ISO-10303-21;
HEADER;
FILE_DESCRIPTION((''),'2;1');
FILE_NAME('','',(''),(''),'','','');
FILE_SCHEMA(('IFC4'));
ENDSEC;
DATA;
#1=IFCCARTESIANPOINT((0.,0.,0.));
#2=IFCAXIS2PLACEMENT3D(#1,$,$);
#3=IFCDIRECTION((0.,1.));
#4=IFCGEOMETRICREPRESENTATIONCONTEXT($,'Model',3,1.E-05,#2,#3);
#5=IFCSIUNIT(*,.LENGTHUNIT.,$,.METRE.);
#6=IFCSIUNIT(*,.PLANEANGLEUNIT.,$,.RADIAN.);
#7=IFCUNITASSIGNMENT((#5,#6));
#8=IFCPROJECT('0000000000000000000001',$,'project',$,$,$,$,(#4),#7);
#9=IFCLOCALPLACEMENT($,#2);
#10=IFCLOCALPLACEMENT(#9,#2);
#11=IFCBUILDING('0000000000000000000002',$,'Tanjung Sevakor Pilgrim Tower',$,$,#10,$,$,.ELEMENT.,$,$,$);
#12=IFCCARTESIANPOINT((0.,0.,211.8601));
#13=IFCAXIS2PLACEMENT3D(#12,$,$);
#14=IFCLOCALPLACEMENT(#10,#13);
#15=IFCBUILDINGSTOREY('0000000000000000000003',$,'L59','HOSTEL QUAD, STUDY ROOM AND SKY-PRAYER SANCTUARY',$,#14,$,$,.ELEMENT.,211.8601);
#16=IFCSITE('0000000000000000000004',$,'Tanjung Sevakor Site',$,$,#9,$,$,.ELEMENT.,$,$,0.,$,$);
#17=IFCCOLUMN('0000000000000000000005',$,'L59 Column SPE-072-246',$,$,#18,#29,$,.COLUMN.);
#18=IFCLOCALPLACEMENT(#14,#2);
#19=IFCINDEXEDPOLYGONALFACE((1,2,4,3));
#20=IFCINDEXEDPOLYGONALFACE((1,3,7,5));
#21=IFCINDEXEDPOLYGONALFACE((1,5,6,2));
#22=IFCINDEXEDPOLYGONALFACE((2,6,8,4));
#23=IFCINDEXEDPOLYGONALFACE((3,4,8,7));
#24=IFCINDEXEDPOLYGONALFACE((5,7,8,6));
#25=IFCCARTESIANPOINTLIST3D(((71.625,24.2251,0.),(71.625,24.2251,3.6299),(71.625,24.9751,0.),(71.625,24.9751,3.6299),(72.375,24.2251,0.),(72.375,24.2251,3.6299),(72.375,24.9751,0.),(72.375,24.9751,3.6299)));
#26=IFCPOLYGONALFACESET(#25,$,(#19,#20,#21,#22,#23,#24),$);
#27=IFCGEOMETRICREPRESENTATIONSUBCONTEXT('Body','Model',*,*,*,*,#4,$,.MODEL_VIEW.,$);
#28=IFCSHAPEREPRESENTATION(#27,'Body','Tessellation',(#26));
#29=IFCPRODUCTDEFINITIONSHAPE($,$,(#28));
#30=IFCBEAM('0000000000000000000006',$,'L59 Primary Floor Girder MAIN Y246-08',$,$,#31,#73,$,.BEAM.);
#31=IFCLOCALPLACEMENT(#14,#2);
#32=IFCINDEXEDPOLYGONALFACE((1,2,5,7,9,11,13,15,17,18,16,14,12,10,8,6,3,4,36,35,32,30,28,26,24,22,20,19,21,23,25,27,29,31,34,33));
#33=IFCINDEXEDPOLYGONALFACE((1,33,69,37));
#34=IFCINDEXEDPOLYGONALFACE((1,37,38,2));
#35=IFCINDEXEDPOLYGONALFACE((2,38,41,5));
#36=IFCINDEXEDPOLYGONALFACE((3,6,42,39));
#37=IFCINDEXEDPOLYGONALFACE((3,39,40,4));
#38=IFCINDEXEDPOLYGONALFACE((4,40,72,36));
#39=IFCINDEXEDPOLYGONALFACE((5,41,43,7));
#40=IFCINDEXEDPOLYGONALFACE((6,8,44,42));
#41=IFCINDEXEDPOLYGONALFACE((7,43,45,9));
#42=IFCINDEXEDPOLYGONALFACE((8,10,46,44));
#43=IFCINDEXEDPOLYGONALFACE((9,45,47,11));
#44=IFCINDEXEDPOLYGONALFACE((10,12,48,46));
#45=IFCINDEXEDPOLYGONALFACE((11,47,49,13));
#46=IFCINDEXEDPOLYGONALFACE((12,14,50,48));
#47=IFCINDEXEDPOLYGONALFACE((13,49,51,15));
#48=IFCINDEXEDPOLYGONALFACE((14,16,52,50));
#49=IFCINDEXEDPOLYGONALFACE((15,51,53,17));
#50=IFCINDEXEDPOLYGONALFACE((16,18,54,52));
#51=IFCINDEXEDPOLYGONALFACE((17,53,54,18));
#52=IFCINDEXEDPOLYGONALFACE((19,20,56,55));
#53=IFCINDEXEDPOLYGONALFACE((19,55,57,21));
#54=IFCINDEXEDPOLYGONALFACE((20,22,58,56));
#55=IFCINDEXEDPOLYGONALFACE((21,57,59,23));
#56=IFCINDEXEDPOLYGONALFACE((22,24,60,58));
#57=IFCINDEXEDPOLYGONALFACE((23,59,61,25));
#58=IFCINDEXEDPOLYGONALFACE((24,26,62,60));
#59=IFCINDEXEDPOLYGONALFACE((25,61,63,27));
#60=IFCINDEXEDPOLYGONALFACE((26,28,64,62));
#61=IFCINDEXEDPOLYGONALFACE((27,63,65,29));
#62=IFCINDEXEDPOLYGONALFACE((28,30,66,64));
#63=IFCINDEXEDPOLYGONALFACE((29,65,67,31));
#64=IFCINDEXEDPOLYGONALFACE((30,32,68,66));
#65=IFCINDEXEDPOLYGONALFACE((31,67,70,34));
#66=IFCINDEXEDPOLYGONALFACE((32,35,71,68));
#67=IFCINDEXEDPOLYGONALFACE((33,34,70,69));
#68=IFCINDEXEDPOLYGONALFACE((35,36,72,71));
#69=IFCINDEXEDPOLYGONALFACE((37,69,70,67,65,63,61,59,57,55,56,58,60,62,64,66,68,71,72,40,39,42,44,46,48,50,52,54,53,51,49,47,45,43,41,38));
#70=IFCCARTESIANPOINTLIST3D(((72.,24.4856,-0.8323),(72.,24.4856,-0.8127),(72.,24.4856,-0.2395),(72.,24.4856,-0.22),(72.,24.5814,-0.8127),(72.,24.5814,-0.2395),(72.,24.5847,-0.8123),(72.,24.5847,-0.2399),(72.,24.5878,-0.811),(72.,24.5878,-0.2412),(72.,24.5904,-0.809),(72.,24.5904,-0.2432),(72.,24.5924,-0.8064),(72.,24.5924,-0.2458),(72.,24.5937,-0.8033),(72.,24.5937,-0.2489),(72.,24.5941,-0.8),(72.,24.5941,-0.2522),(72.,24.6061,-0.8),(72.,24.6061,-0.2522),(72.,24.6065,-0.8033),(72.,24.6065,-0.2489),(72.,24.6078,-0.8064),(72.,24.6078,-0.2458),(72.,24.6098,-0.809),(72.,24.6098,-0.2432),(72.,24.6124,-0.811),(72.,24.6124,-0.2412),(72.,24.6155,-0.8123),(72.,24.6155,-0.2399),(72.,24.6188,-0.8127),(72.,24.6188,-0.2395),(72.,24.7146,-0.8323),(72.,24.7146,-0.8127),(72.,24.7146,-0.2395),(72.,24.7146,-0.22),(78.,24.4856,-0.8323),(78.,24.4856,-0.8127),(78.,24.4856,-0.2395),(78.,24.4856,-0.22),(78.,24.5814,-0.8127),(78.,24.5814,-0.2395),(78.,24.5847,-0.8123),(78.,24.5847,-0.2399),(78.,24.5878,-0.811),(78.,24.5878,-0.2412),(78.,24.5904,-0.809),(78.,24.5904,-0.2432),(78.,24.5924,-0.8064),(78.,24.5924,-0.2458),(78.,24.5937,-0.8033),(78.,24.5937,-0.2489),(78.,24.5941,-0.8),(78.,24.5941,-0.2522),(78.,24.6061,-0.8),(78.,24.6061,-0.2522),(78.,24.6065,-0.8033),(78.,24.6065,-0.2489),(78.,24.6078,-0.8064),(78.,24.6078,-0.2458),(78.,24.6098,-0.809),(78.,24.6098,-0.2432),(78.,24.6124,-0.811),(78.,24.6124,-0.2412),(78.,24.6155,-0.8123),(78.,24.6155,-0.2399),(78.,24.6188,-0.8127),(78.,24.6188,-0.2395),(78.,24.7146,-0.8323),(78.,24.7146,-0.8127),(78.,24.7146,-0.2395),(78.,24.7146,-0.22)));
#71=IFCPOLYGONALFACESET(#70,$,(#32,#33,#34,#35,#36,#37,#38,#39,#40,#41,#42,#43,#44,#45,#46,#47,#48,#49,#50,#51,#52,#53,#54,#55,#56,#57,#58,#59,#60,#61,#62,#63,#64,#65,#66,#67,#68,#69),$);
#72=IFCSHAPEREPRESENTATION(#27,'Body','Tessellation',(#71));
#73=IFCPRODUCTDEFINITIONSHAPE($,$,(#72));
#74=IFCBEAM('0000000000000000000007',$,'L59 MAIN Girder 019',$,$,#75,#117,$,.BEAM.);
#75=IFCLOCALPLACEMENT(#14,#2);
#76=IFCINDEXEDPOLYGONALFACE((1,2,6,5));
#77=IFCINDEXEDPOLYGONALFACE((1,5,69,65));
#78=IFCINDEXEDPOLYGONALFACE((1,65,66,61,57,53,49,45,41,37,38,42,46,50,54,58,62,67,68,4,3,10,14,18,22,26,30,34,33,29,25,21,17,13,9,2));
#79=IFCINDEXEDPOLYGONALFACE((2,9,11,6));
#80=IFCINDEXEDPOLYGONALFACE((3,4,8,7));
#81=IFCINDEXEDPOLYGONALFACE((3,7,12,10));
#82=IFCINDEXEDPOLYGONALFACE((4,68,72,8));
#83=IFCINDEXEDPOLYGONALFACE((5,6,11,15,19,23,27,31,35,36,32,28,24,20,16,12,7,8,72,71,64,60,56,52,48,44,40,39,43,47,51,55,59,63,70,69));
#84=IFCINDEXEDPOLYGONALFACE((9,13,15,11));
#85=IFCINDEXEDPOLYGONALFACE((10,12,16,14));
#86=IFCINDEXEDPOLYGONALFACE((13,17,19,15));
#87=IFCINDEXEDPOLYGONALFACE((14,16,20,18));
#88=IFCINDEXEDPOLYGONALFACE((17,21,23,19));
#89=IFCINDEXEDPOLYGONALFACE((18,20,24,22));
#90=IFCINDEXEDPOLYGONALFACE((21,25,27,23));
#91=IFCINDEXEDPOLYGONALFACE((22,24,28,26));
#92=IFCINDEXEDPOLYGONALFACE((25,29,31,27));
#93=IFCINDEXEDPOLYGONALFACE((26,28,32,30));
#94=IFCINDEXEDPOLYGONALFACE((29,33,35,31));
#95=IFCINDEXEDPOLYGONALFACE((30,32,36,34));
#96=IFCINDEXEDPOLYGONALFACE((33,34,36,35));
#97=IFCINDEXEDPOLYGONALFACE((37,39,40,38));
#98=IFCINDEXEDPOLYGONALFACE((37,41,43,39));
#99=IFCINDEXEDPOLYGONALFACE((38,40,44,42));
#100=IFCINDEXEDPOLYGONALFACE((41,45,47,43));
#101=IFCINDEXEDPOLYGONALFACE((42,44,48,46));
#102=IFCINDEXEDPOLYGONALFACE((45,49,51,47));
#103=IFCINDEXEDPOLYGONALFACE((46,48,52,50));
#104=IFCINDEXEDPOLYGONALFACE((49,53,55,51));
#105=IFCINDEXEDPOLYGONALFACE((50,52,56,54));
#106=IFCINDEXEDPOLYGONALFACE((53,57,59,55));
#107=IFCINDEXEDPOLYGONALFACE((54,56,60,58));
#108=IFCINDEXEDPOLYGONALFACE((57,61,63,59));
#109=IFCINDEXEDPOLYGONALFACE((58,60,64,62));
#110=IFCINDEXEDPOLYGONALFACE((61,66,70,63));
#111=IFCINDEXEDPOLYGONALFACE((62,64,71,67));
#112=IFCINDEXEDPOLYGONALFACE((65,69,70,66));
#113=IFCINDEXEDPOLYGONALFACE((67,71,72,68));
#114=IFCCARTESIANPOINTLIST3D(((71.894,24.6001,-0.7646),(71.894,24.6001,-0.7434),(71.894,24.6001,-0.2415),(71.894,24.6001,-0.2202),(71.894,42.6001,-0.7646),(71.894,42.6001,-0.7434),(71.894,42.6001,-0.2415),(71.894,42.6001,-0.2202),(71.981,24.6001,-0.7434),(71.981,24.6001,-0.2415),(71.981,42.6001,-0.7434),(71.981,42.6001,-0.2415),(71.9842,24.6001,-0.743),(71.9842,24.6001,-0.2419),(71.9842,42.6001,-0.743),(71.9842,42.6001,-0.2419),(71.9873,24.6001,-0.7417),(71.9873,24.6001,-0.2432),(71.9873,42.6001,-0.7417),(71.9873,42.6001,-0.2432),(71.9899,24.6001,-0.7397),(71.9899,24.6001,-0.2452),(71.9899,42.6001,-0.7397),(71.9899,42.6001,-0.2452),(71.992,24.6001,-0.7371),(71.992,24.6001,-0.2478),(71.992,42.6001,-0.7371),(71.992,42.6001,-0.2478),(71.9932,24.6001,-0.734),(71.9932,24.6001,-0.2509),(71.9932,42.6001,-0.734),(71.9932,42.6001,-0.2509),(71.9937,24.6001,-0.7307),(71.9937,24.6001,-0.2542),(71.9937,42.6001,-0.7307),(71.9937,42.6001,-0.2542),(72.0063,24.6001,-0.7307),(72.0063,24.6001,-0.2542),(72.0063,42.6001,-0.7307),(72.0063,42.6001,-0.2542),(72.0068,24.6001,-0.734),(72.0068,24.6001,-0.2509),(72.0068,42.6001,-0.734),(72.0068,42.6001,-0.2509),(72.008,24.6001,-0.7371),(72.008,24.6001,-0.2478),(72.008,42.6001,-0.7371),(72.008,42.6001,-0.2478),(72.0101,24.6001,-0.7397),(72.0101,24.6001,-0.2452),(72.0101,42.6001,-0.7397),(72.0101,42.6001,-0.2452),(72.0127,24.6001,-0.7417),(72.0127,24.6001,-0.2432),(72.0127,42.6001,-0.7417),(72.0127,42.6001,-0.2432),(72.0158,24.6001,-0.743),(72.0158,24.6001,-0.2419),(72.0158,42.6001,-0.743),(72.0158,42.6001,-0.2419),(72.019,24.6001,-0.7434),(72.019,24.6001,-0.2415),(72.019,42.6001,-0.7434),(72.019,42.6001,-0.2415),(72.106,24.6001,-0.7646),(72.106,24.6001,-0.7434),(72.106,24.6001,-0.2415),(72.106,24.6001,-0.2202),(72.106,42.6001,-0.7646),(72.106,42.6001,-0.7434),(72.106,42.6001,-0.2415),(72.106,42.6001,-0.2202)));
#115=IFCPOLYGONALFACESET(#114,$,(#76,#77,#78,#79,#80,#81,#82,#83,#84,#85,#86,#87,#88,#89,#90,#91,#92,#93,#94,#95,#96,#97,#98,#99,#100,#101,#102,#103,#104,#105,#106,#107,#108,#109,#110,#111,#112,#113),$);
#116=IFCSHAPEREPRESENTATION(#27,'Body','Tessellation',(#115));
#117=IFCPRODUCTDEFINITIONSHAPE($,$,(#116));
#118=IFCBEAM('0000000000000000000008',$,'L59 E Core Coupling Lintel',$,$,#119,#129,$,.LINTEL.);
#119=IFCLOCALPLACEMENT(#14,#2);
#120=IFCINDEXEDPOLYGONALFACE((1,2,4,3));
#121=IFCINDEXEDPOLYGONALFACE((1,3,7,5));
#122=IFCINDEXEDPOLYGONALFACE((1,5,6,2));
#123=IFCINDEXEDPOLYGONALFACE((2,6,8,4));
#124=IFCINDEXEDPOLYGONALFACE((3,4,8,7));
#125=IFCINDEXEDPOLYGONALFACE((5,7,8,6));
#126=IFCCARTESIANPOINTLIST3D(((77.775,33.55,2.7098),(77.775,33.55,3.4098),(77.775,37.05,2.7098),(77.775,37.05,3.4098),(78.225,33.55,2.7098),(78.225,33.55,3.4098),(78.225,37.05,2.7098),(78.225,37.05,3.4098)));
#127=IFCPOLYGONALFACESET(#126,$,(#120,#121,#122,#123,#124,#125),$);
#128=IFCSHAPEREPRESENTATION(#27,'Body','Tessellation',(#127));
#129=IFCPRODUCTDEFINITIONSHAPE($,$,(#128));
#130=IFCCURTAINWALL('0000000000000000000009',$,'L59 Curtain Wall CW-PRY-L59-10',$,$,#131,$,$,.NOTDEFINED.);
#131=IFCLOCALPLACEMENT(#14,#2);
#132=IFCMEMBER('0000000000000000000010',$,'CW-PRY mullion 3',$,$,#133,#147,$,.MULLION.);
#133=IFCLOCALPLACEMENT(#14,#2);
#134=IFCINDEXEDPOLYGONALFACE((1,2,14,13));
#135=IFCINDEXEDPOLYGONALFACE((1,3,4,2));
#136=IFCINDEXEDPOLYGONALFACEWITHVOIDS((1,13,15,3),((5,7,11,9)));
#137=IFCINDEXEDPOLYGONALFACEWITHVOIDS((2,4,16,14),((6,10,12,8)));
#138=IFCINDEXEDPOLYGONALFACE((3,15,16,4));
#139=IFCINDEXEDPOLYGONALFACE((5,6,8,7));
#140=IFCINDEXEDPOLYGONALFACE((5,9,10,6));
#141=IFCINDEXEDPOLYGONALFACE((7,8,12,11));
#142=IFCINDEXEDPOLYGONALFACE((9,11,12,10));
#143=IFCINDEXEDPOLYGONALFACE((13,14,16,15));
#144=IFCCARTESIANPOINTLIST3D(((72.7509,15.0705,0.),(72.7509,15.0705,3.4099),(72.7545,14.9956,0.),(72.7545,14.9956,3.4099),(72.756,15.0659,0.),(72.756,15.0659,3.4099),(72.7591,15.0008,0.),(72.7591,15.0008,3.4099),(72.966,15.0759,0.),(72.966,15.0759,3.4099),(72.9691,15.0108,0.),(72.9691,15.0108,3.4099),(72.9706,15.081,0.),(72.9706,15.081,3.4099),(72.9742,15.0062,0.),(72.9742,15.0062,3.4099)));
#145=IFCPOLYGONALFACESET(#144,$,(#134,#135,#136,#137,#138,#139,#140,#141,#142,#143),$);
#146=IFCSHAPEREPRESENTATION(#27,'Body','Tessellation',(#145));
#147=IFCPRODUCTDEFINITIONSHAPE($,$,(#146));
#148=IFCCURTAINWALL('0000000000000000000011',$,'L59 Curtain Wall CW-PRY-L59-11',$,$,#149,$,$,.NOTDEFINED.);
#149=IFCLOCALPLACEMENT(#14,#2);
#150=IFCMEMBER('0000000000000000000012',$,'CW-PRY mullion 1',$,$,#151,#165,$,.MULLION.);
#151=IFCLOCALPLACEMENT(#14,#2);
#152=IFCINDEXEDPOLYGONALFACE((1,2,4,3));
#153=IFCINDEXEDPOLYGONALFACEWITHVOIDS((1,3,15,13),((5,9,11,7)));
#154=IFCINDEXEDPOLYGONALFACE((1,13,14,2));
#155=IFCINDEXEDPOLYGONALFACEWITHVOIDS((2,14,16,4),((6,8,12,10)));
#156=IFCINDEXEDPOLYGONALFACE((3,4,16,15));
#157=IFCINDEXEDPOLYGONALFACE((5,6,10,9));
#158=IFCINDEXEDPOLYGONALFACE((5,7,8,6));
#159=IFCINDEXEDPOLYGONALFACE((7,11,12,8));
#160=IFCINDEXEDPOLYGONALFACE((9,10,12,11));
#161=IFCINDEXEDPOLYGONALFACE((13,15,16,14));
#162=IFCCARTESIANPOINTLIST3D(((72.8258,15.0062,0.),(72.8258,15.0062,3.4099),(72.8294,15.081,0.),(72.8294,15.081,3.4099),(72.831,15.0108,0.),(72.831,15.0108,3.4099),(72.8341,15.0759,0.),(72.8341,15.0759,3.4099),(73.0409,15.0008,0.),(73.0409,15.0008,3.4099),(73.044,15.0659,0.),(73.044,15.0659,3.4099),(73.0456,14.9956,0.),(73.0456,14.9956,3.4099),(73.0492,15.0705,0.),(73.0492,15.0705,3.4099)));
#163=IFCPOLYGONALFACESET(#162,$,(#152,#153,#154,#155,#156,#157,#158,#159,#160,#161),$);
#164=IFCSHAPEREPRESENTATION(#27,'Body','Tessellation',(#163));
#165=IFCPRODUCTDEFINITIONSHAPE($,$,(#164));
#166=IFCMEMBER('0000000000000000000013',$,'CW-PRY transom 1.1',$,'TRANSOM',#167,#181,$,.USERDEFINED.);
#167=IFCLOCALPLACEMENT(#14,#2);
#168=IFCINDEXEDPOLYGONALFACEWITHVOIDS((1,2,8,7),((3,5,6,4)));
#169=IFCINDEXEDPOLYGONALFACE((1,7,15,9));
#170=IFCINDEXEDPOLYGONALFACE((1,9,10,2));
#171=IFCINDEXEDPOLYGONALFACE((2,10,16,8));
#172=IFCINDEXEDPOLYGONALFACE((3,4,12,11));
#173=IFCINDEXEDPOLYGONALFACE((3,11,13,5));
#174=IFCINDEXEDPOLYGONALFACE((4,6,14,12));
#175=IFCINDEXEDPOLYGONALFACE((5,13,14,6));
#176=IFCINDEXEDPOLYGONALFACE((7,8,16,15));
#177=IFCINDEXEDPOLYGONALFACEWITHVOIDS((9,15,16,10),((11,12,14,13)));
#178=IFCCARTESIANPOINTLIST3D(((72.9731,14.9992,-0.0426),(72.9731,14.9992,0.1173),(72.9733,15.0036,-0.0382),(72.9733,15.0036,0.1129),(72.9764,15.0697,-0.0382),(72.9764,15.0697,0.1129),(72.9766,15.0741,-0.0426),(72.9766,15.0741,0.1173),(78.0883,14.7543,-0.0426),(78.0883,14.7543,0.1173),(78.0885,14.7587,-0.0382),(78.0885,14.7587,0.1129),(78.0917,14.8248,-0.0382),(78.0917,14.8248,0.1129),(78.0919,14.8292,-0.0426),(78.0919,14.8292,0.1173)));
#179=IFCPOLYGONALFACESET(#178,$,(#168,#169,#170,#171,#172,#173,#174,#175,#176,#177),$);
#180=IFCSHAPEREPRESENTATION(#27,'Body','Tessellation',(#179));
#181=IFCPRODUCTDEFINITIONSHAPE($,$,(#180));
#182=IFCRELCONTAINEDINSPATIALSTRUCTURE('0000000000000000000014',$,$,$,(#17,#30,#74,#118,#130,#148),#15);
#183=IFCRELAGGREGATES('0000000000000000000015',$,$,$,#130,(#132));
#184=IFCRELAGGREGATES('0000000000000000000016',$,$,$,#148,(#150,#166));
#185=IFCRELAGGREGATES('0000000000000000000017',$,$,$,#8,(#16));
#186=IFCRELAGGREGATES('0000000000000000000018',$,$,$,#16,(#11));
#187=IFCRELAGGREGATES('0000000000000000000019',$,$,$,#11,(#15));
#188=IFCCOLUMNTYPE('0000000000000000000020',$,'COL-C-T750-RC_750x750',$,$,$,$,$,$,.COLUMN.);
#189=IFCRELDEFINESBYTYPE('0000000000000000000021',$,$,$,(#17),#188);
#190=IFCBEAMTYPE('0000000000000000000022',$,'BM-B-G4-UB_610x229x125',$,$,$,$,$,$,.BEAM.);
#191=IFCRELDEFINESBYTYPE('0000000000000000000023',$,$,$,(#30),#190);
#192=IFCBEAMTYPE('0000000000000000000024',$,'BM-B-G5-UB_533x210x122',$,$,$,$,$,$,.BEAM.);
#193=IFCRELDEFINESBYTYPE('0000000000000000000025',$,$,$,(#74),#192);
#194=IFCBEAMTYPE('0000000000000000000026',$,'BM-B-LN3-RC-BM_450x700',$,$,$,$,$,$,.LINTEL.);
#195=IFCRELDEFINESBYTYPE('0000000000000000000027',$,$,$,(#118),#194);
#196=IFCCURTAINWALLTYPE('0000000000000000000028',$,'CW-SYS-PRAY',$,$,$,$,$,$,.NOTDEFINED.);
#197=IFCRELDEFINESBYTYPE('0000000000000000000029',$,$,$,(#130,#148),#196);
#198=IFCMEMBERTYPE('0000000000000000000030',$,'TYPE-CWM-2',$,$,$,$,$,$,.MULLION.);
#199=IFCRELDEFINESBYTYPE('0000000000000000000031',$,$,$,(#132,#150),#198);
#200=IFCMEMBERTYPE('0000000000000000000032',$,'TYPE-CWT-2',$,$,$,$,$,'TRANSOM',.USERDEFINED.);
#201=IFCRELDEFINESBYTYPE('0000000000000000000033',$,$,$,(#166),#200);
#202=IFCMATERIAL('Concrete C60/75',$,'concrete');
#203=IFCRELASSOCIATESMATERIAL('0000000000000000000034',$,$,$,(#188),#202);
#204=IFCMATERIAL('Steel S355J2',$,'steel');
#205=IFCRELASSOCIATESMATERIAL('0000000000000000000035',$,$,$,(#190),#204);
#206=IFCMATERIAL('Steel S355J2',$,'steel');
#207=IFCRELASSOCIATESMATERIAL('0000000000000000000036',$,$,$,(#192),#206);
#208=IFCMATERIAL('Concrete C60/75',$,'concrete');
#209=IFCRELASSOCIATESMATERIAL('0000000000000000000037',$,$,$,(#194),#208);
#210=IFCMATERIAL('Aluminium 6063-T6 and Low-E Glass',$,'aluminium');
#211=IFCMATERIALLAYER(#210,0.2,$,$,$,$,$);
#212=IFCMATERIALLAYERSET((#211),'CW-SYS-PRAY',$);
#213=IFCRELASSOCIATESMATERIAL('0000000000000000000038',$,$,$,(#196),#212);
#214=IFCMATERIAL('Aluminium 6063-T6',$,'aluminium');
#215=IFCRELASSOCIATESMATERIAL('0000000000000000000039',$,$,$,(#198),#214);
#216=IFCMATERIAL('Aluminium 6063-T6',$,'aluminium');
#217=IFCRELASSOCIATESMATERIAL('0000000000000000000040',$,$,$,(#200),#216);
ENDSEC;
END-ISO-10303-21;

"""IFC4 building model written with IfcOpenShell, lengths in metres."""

from ifc_helpers import new_model, si_unit, direction, frame, origin, origin_2d, place, context, subcontext, project, spatial, rectangle, hollow_rectangle, i_section, extrude, material, layer, layer_set, material_profile, profile_set, type_object, element, aggregate, save


model = new_model("IFC4")

# Units and contexts
model_context = context("Model", 3, precision=1e-05, world=origin(), true_north=direction((0.0, 1.0)))
body_context = subcontext(model_context, "Body", "Model", "MODEL_VIEW")
ifc_project = project(units=[si_unit("LENGTHUNIT", "METRE"), si_unit("PLANEANGLEUNIT", "RADIAN")], contexts=[model_context])

# Site, building, storey
site_placement = place(None, origin())
site = spatial("IfcSite", under=ifc_project, at=site_placement, Name="Tanjung Sevakor Site", CompositionType="ELEMENT", RefElevation=0.0)
building_placement = place(site_placement, origin())
building = spatial("IfcBuilding", under=site, at=building_placement, Name="Tanjung Sevakor Pilgrim Tower", CompositionType="ELEMENT")
storey_placement = place(building_placement, frame((0.0, 0.0, 211.8601)))
storey = spatial("IfcBuildingStorey", under=building, at=storey_placement, Name="L59", Description="HOSTEL QUAD, STUDY ROOM AND SKY-PRAYER SANCTUARY", CompositionType="ELEMENT", Elevation=211.8601)

# Column
ifc_material_1 = material(Name="Concrete C60/75", Category="concrete")
ifc_material_profile_1 = material_profile(ifc_material_1, rectangle(XDim=0.75, YDim=0.75, at=origin_2d()))
ifc_profile_set_1 = profile_set([ifc_material_profile_1], Name="Concrete C60/75")
column_type = type_object("IfcColumnType", Name="COL-C-T750-RC_750x750", PredefinedType="COLUMN", material=ifc_profile_set_1)
column_placement = place(storey_placement, frame((72.0, 24.6001, 0.0), z_axis=(0.0, 0.0, 1.0), x_axis=(1.0, 0.0, 0.0)))
element("IfcColumn", 1, at=column_placement, inside=storey, type_object=column_type, Name="L59 Column SPE-072-246", PredefinedType="COLUMN", context=body_context, shape_type="SweptSolid", body=[
    extrude(rectangle(XDim=0.75, YDim=0.75, at=origin_2d()), origin(), (0.0, 0.0, 1.0), 3.6299),
])

# Beams
ifc_material_2 = material(Name="Steel S355J2", Category="steel")
ifc_material_profile_2 = material_profile(ifc_material_2, i_section(OverallWidth=0.229, OverallDepth=0.6123, WebThickness=0.012, FlangeThickness=0.0195, FilletRadius=0.0127, at=origin_2d()))
ifc_profile_set_2 = profile_set([ifc_material_profile_2], Name="Steel S355J2")
beam_type_1 = type_object("IfcBeamType", Name="BM-B-G4-UB_610x229x125", PredefinedType="BEAM", material=ifc_profile_set_2)
beam_1_placement = place(storey_placement, frame((72.0, 24.6001, -0.5261), z_axis=(1.0, 0.0, 0.0), x_axis=(0.0, 1.0, 0.0)))
element("IfcBeam", 2, at=beam_1_placement, inside=storey, type_object=beam_type_1, Name="L59 Primary Floor Girder MAIN Y246-08", PredefinedType="BEAM", context=body_context, shape_type="SweptSolid", body=[
    extrude(i_section(OverallWidth=0.229, OverallDepth=0.6123, WebThickness=0.012, FlangeThickness=0.0195, FilletRadius=0.0127, at=origin_2d()), origin(), (0.0, 0.0, 1.0), 6.0),
])
ifc_material_3 = material(Name="Steel S355J2", Category="steel")
ifc_material_profile_3 = material_profile(ifc_material_3, i_section(OverallWidth=0.2119, OverallDepth=0.5444, WebThickness=0.0127, FlangeThickness=0.0212, FilletRadius=0.0127, at=origin_2d()))
ifc_profile_set_3 = profile_set([ifc_material_profile_3], Name="Steel S355J2")
beam_type_2 = type_object("IfcBeamType", Name="BM-B-G5-UB_533x210x122", PredefinedType="BEAM", material=ifc_profile_set_3)
beam_2_placement = place(storey_placement, frame((72.0, 24.6001, -0.4924), z_axis=(0.0, 1.0, 0.0), x_axis=(-1.0, 0.0, 0.0)))
element("IfcBeam", 3, at=beam_2_placement, inside=storey, type_object=beam_type_2, Name="L59 MAIN Girder 019", PredefinedType="BEAM", context=body_context, shape_type="SweptSolid", body=[
    extrude(i_section(OverallWidth=0.2119, OverallDepth=0.5444, WebThickness=0.0127, FlangeThickness=0.0212, FilletRadius=0.0127, at=origin_2d()), origin(), (0.0, 0.0, 1.0), 18.0),
])
ifc_material_4 = material(Name="Concrete C60/75", Category="concrete")
ifc_material_profile_4 = material_profile(ifc_material_4, rectangle(XDim=0.45, YDim=0.7, at=origin_2d()))
ifc_profile_set_4 = profile_set([ifc_material_profile_4], Name="Concrete C60/75")
beam_type_3 = type_object("IfcBeamType", Name="BM-B-LN3-RC-BM_450x700", PredefinedType="LINTEL", material=ifc_profile_set_4)
beam_3_placement = place(storey_placement, frame((78.0, 33.55, 3.0598), z_axis=(0.0, 1.0, 0.0), x_axis=(-1.0, 0.0, 0.0)))
element("IfcBeam", 4, at=beam_3_placement, inside=storey, type_object=beam_type_3, Name="L59 E Core Coupling Lintel", PredefinedType="LINTEL", context=body_context, shape_type="SweptSolid", body=[
    extrude(rectangle(XDim=0.45, YDim=0.7, at=origin_2d()), origin(), (0.0, 0.0, 1.0), 3.5),
])

# Curtain wall, member
ifc_material_5 = material(Name="Aluminium 6063-T6 and Low-E Glass", Category="aluminium")
ifc_layer_1 = layer(ifc_material_5, 0.2)
ifc_layer_set_1 = layer_set([ifc_layer_1], Name="CW-SYS-PRAY")
curtain_wall_type = type_object("IfcCurtainWallType", Name="CW-SYS-PRAY", PredefinedType="NOTDEFINED", material=ifc_layer_set_1)
curtain_wall_1_placement = place(storey_placement, origin())
curtain_wall_1 = element("IfcCurtainWall", 5, at=curtain_wall_1_placement, inside=storey, type_object=curtain_wall_type, Name="L59 Curtain Wall CW-PRY-L59-10", PredefinedType="NOTDEFINED")
ifc_material_6 = material(Name="Aluminium 6063-T6", Category="aluminium")
ifc_material_profile_5 = material_profile(ifc_material_6, hollow_rectangle(XDim=0.075, YDim=0.22, WallThickness=0.0049, at=origin_2d()))
ifc_profile_set_5 = profile_set([ifc_material_profile_5], Name="Aluminium 6063-T6")
member_type_1 = type_object("IfcMemberType", Name="TYPE-CWM-2", PredefinedType="MULLION", material=ifc_profile_set_5)
member_1_placement = place(storey_placement, frame((72.8625, 15.0383, 0.0), z_axis=(0.0, 0.0, 1.0), x_axis=(-0.047787, 0.998858, 0.0)))
member_1 = element("IfcMember", 6, at=member_1_placement, type_object=member_type_1, Name="CW-PRY mullion 3", PredefinedType="MULLION", context=body_context, shape_type="SweptSolid", body=[
    extrude(hollow_rectangle(XDim=0.075, YDim=0.22, WallThickness=0.0049, at=origin_2d()), origin(), (0.0, 0.0, 1.0), 3.4099),
])

# Curtain wall, members
curtain_wall_2_placement = place(storey_placement, origin())
curtain_wall_2 = element("IfcCurtainWall", 7, at=curtain_wall_2_placement, inside=storey, type_object=curtain_wall_type, Name="L59 Curtain Wall CW-PRY-L59-11", PredefinedType="NOTDEFINED")
member_2_placement = place(storey_placement, frame((72.9375, 15.0383, 0.0), z_axis=(0.0, 0.0, 1.0), x_axis=(0.047787, 0.998858, 0.0)))
member_2 = element("IfcMember", 8, at=member_2_placement, type_object=member_type_1, Name="CW-PRY mullion 1", PredefinedType="MULLION", context=body_context, shape_type="SweptSolid", body=[
    extrude(hollow_rectangle(XDim=0.075, YDim=0.22, WallThickness=0.0049, at=origin_2d()), origin(), (0.0, 0.0, 1.0), 3.4099),
])
ifc_material_7 = material(Name="Aluminium 6063-T6", Category="aluminium")
ifc_material_profile_6 = material_profile(ifc_material_7, hollow_rectangle(XDim=0.075, YDim=0.1599, WallThickness=0.0044, at=origin_2d()))
ifc_profile_set_6 = profile_set([ifc_material_profile_6], Name="Aluminium 6063-T6")
member_type_2 = type_object("IfcMemberType", Name="TYPE-CWT-2", ElementType="TRANSOM", PredefinedType="USERDEFINED", material=ifc_profile_set_6)
member_3_placement = place(storey_placement, frame((72.9749, 15.0366, 0.0374), z_axis=(0.998856, -0.047817, 0.0), x_axis=(0.047817, 0.998856, 0.0)))
member_3 = element("IfcMember", 9, at=member_3_placement, type_object=member_type_2, Name="CW-PRY transom 1.1", ObjectType="TRANSOM", PredefinedType="USERDEFINED", context=body_context, shape_type="SweptSolid", body=[
    extrude(hollow_rectangle(XDim=0.075, YDim=0.1599, WallThickness=0.0044, at=origin_2d()), origin(), (0.0, 0.0, 1.0), 5.1211),
])

aggregate(curtain_wall_1, [member_1])
aggregate(curtain_wall_2, [member_2, member_3])

save(model, "model.ifc")
